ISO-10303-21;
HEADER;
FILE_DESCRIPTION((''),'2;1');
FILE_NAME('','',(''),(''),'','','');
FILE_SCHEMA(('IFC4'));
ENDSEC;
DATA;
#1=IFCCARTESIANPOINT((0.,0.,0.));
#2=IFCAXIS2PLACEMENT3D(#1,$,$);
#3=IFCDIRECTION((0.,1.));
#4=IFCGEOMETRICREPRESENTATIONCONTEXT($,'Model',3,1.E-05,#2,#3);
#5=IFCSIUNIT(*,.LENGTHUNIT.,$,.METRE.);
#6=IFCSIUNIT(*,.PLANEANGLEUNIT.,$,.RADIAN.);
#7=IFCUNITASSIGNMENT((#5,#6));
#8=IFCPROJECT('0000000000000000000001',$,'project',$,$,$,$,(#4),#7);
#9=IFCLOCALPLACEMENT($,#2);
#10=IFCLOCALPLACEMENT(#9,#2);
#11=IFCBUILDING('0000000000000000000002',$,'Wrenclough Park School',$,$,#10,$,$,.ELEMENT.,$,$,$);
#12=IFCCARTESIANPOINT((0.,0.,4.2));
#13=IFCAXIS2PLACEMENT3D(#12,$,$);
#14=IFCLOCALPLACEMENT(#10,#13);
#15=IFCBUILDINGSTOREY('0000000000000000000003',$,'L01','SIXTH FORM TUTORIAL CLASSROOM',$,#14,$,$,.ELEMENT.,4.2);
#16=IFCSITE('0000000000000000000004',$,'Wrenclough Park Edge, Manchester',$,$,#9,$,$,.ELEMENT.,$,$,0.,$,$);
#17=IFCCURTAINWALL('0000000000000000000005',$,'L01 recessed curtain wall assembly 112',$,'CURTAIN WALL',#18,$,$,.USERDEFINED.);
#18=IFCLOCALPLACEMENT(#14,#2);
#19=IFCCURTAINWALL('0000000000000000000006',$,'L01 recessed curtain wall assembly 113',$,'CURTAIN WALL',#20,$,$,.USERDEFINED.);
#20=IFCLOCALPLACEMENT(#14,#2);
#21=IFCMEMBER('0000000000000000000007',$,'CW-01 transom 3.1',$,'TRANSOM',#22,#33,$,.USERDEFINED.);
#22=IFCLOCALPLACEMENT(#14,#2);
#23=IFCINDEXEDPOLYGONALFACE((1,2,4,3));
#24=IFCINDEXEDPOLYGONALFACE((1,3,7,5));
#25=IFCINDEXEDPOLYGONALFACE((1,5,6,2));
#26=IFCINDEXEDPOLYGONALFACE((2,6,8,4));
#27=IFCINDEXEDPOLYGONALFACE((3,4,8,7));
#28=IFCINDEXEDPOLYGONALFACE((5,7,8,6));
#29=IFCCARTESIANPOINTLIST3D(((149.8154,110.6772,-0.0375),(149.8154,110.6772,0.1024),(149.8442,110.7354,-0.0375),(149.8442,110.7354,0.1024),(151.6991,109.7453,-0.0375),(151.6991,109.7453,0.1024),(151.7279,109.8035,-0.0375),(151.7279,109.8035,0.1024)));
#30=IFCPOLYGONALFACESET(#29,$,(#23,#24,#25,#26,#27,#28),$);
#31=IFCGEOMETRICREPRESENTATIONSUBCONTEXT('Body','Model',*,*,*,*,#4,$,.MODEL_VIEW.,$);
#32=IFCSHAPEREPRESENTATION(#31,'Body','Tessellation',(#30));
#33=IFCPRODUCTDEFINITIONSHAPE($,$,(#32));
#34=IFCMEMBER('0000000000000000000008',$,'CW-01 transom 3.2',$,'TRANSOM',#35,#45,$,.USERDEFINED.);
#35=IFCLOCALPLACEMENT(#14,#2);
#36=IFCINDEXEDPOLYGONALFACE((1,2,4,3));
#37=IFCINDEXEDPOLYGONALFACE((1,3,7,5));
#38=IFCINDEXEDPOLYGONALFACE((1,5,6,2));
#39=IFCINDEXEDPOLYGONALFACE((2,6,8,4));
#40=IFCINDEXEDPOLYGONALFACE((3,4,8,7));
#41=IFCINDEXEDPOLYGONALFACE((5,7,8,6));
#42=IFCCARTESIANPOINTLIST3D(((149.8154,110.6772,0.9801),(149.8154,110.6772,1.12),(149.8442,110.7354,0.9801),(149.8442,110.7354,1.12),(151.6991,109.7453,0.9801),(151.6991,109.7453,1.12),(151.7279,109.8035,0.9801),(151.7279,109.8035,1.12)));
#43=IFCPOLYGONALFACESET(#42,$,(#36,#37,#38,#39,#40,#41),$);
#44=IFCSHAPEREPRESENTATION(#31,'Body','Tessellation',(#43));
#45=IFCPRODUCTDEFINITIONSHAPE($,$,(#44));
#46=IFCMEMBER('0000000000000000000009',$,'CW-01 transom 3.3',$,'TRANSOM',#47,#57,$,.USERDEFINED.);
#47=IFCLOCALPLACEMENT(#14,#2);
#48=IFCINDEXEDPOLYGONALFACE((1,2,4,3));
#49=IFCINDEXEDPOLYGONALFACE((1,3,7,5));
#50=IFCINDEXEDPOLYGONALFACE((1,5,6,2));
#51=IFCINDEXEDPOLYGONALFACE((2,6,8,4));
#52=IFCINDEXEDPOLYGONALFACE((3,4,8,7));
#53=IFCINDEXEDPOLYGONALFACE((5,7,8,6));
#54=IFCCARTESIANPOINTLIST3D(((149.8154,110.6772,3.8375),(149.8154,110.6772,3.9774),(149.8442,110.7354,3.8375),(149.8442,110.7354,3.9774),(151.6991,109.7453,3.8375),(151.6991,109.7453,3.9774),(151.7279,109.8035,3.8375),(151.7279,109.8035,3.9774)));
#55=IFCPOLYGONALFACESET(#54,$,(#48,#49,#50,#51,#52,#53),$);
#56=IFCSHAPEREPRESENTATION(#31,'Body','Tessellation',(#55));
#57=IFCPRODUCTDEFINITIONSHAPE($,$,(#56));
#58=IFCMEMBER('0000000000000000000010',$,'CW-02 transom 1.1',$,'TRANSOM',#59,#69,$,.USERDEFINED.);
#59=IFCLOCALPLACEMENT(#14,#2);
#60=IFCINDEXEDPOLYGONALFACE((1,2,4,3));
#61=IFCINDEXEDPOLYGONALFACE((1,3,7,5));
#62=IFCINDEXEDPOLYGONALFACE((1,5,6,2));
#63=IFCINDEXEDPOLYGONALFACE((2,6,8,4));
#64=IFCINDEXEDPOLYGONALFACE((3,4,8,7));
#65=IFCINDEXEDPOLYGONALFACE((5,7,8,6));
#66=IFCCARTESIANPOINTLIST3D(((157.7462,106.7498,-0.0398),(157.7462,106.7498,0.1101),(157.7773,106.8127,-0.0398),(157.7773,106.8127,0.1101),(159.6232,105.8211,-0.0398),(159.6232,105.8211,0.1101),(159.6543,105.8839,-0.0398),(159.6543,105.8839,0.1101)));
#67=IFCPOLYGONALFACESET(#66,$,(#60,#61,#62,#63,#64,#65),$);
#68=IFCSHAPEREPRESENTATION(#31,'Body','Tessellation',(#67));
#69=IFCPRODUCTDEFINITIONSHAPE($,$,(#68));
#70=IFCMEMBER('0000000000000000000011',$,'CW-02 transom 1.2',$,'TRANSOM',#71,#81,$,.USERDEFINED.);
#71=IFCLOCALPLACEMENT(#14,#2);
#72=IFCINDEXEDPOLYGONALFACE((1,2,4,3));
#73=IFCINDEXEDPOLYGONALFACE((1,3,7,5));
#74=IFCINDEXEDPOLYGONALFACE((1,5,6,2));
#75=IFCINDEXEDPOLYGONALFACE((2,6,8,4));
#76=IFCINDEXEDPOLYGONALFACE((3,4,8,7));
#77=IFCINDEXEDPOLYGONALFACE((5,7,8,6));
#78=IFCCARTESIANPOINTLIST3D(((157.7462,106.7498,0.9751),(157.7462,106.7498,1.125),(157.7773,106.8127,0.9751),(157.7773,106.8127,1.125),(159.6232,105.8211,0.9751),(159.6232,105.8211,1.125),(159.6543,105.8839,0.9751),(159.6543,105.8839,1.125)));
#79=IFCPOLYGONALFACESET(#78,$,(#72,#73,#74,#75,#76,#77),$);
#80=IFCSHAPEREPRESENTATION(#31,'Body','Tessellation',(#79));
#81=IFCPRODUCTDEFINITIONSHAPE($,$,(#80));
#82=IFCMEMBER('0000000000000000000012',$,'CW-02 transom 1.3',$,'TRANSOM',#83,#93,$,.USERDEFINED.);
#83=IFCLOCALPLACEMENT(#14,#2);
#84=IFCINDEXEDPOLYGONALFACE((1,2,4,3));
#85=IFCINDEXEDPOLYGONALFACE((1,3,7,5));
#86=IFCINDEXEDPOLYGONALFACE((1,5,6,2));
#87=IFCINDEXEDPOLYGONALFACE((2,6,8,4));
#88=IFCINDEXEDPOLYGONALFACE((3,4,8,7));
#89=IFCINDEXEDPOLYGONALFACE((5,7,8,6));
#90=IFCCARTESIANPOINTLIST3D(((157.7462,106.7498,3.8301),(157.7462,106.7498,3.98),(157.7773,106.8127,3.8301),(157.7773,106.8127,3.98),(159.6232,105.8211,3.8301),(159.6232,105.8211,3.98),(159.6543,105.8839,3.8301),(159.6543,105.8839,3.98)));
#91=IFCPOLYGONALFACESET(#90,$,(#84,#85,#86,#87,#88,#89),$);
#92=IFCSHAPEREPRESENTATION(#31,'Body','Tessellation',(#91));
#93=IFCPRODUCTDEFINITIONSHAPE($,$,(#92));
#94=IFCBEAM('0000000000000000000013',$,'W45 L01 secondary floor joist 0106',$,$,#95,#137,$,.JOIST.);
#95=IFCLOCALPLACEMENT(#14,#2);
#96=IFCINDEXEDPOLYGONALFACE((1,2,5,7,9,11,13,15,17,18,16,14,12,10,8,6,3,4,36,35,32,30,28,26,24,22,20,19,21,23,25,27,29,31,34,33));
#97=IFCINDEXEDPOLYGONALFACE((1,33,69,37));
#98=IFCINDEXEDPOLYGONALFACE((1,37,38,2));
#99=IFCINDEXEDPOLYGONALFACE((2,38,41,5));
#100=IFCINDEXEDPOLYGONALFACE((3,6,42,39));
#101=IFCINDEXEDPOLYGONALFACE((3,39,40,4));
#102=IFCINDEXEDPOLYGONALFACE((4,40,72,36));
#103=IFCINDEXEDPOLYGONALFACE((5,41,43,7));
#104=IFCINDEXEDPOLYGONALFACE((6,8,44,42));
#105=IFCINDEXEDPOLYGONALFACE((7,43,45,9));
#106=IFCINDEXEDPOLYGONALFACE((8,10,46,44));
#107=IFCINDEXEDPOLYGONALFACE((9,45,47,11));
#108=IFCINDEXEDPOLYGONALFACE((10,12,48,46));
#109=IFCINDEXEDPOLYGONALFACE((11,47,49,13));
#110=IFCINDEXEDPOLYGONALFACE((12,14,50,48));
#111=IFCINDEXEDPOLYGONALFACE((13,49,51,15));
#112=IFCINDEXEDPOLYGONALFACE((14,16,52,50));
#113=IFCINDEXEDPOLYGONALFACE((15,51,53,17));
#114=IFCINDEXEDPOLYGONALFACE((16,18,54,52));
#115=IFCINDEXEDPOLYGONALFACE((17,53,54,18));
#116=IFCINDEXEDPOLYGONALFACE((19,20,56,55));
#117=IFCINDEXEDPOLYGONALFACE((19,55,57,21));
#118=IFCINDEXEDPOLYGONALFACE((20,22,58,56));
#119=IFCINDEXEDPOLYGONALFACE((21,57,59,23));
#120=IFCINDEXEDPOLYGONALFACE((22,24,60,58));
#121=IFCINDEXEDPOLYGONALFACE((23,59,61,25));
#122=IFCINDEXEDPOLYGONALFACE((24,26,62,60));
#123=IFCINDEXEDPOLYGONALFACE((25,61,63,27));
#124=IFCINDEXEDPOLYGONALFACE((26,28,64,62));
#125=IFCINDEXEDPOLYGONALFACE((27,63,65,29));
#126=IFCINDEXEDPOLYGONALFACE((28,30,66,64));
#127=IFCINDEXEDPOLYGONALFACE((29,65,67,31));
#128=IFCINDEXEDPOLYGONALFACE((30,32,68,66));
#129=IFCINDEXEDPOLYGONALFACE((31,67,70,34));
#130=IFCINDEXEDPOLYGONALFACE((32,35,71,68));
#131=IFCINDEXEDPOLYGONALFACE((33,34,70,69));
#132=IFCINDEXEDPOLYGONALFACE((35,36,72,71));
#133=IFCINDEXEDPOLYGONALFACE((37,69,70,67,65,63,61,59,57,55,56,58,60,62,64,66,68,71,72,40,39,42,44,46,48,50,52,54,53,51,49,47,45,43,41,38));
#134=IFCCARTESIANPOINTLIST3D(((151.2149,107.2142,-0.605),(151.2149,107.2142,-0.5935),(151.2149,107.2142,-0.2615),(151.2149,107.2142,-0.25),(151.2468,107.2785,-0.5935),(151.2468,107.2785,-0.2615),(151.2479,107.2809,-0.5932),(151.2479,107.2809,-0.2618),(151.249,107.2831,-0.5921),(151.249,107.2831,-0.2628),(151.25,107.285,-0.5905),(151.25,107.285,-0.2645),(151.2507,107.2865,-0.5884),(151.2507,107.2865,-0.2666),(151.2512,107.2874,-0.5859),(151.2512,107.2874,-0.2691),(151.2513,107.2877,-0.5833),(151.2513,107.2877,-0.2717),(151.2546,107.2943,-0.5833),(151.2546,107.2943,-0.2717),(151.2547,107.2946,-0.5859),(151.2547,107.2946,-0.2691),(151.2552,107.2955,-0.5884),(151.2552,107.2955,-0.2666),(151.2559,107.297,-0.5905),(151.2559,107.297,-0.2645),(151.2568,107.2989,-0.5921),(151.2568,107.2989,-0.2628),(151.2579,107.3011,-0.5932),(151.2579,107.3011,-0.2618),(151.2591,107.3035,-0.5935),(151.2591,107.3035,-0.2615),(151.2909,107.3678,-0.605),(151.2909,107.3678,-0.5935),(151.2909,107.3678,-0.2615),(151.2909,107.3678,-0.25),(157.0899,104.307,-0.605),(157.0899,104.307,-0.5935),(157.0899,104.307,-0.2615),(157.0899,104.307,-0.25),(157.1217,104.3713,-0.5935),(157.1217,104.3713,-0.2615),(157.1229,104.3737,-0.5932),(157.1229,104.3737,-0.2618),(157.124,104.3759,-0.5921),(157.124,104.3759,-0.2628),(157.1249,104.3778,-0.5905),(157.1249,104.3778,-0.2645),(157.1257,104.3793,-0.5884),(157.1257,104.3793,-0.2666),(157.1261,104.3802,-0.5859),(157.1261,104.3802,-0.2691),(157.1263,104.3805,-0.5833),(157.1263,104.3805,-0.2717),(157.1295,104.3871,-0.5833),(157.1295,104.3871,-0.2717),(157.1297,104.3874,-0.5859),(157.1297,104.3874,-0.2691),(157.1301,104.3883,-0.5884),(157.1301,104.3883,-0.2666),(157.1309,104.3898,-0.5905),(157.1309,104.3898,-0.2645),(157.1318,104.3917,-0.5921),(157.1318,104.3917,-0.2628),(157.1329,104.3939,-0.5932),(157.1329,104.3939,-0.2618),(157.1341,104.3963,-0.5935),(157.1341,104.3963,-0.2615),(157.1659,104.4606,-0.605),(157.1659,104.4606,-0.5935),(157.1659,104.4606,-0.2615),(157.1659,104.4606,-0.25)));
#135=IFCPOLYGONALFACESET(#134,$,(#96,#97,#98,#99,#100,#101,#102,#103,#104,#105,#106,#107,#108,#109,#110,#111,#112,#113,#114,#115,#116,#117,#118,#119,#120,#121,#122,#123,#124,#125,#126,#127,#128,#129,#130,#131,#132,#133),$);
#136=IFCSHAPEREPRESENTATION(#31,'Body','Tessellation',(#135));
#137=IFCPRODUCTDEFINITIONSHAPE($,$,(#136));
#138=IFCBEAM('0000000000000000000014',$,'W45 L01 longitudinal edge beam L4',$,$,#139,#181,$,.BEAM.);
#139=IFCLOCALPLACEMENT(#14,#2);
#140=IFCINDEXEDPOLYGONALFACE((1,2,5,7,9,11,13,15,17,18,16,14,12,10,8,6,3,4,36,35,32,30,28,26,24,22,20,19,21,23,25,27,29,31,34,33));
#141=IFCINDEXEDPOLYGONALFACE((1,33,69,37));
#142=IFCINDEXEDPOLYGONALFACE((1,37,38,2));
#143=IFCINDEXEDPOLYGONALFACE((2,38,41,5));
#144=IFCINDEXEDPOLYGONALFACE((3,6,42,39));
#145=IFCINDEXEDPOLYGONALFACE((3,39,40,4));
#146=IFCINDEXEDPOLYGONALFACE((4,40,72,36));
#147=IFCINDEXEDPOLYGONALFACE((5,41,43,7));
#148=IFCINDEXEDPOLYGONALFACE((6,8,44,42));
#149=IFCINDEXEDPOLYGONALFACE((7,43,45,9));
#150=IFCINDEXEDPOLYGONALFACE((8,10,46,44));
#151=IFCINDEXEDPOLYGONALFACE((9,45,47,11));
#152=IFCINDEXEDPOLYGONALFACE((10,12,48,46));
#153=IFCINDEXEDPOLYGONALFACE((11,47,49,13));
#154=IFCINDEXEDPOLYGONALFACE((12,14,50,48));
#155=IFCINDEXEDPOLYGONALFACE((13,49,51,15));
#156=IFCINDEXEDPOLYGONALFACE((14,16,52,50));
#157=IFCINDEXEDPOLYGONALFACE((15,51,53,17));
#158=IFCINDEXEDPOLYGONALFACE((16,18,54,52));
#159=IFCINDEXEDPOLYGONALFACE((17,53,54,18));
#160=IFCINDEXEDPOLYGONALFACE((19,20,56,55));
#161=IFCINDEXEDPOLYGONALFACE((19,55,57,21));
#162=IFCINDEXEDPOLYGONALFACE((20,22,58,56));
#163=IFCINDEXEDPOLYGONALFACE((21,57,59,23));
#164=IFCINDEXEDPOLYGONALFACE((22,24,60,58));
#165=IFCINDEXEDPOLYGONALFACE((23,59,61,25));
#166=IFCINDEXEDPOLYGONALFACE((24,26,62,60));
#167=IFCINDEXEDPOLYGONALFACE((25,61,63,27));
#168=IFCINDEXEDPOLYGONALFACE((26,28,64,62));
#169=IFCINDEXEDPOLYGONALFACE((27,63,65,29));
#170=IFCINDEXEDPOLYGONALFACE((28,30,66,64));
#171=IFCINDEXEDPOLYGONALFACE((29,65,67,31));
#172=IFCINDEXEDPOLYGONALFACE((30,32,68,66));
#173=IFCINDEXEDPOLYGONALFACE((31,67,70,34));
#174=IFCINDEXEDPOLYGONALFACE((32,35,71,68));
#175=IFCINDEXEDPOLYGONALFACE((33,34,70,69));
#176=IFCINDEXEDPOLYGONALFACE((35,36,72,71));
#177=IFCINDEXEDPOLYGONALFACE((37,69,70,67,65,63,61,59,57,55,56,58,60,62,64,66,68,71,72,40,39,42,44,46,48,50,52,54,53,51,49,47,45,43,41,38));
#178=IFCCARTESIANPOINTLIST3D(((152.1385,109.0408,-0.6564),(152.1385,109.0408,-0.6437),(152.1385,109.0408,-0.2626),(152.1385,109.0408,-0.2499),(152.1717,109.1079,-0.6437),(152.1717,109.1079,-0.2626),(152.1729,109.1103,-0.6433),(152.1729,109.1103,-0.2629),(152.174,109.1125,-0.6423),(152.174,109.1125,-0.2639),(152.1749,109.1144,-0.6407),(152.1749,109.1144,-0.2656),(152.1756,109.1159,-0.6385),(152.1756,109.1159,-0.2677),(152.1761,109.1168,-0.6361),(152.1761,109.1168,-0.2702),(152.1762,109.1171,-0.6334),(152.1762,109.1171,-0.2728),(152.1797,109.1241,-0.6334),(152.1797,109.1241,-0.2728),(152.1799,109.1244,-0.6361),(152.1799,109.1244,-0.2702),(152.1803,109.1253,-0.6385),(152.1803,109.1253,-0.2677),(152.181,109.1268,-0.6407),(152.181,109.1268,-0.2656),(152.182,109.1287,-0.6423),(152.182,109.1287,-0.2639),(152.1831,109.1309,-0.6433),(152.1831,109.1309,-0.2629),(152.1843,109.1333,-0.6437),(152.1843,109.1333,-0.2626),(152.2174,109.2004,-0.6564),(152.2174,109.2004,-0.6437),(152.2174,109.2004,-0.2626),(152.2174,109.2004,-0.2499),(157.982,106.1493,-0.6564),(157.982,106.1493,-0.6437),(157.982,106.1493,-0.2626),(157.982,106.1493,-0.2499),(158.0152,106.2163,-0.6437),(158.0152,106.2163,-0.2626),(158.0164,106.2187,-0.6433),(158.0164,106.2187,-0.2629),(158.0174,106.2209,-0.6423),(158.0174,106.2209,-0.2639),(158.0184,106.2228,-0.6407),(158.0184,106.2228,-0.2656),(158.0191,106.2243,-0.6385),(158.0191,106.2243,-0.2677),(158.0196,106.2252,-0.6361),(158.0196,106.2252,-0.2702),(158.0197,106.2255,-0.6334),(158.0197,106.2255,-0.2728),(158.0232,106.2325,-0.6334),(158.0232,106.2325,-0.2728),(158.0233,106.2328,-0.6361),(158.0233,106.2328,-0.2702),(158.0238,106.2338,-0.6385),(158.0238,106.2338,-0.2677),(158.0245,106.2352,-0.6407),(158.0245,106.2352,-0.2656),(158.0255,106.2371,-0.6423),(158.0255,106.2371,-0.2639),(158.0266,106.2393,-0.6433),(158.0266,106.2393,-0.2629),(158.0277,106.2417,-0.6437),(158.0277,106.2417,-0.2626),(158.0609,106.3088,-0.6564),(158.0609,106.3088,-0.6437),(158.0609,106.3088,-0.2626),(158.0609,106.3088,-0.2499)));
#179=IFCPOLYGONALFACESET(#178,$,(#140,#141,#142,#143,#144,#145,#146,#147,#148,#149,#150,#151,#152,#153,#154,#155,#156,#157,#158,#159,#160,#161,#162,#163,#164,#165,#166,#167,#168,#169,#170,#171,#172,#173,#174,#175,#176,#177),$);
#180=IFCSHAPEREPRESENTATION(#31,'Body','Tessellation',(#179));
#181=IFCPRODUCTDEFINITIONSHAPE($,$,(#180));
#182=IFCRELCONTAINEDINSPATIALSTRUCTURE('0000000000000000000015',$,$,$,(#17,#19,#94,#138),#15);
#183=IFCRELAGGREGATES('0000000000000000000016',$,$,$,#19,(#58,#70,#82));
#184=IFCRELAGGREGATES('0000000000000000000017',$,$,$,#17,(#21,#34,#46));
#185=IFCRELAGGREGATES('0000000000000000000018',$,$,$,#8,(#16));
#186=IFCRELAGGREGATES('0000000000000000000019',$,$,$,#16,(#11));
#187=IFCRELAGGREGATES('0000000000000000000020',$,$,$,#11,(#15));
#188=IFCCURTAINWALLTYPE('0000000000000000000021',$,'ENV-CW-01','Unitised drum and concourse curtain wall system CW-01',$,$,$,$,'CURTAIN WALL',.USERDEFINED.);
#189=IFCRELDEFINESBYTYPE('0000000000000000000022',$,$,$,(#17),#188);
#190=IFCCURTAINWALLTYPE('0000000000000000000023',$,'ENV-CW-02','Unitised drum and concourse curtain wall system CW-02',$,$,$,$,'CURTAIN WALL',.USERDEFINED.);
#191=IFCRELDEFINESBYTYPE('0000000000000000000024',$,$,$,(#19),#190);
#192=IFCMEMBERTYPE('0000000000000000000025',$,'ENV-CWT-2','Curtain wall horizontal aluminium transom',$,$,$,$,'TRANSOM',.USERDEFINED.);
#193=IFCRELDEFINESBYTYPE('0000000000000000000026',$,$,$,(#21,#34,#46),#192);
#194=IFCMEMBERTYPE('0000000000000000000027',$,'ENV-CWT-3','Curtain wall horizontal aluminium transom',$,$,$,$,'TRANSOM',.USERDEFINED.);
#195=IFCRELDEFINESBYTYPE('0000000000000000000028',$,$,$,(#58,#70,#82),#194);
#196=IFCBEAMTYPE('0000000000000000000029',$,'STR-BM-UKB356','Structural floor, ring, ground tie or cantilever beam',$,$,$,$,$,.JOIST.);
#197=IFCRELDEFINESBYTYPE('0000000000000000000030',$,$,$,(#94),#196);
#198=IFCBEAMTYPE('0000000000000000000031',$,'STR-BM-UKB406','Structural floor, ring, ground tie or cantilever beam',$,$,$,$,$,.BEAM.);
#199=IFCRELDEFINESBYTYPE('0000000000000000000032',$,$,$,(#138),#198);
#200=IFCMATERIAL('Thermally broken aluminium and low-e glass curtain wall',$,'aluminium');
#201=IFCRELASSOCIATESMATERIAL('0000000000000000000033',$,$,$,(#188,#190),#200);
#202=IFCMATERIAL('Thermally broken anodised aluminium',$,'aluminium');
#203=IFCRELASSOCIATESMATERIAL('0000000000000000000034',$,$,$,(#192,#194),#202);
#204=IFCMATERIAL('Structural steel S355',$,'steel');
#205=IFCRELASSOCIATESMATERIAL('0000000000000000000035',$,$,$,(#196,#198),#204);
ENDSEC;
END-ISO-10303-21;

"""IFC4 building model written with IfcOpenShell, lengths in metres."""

from ifc_helpers import new_model, si_unit, direction, frame, origin, origin_2d, place, context, subcontext, project, spatial, rectangle, i_section, extrude, material, material_profile, profile_set, type_object, element, aggregate, save


model = new_model("IFC4")

# Units and contexts
model_context = context("Model", 3, precision=1e-05, world=origin(), true_north=direction((0.0, 1.0)))
body_context = subcontext(model_context, "Body", "Model", "MODEL_VIEW")
ifc_project = project(units=[si_unit("LENGTHUNIT", "METRE"), si_unit("PLANEANGLEUNIT", "RADIAN")], contexts=[model_context])

# Site, building, storey
site_placement = place(None, origin())
site = spatial("IfcSite", under=ifc_project, at=site_placement, Name="Wrenclough Park Edge, Manchester", CompositionType="ELEMENT", RefElevation=0.0)
building_placement = place(site_placement, origin())
building = spatial("IfcBuilding", under=site, at=building_placement, Name="Wrenclough Park School", CompositionType="ELEMENT")
storey_placement = place(building_placement, frame((0.0, 0.0, 4.2)))
storey = spatial("IfcBuildingStorey", under=building, at=storey_placement, Name="L01", Description="SIXTH FORM TUTORIAL CLASSROOM", CompositionType="ELEMENT", Elevation=4.2)

# Shared definitions
ifc_material_1 = material(Name="Structural steel S355", Category="steel")

# Curtain wall
ifc_material_2 = material(Name="Thermally broken aluminium and low-e glass curtain wall", Category="aluminium")
curtain_wall_type_1 = type_object("IfcCurtainWallType", Name="ENV-CW-01", Description="Unitised drum and concourse curtain wall system CW-01", ElementType="CURTAIN WALL", PredefinedType="USERDEFINED", material=ifc_material_2)
curtain_wall_1_placement = place(storey_placement, origin())
curtain_wall_1 = element("IfcCurtainWall", 1, at=curtain_wall_1_placement, inside=storey, type_object=curtain_wall_type_1, Name="L01 recessed curtain wall assembly 112", ObjectType="CURTAIN WALL", PredefinedType="USERDEFINED")
ifc_material_3 = material(Name="Thermally broken anodised aluminium", Category="aluminium")

# Curtain wall
curtain_wall_type_2 = type_object("IfcCurtainWallType", Name="ENV-CW-02", Description="Unitised drum and concourse curtain wall system CW-02", ElementType="CURTAIN WALL", PredefinedType="USERDEFINED", material=ifc_material_2)
curtain_wall_2_placement = place(storey_placement, origin())
curtain_wall_2 = element("IfcCurtainWall", 2, at=curtain_wall_2_placement, inside=storey, type_object=curtain_wall_type_2, Name="L01 recessed curtain wall assembly 113", ObjectType="CURTAIN WALL", PredefinedType="USERDEFINED")

# Members
ifc_material_profile_1 = material_profile(ifc_material_3, rectangle(XDim=0.0649, YDim=0.1399, at=origin_2d()), Name="AL TRANSOM 65x140")
ifc_profile_set_1 = profile_set([ifc_material_profile_1], Name="Thermally broken anodised aluminium")
member_type_1 = type_object("IfcMemberType", Name="ENV-CWT-2", Description="Curtain wall horizontal aluminium transom", ElementType="TRANSOM", PredefinedType="USERDEFINED", material=ifc_profile_set_1)
member_1_placement = place(storey_placement, frame((149.8298, 110.7063, 0.0325), z_axis=(0.896301, -0.443446, 0.0), x_axis=(0.443446, 0.896301, 0.0)))
member_1 = element("IfcMember", 3, at=member_1_placement, type_object=member_type_1, Name="CW-01 transom 3.1", ObjectType="TRANSOM", PredefinedType="USERDEFINED", context=body_context, shape_type="SweptSolid", body=[
    extrude(rectangle(XDim=0.0649, YDim=0.1399, at=origin_2d()), origin(), (0.0, 0.0, 1.0), 2.1016),
])
member_2_placement = place(storey_placement, frame((149.8298, 110.7063, 1.05), z_axis=(0.896301, -0.443446, 0.0), x_axis=(0.443446, 0.896301, 0.0)))
member_2 = element("IfcMember", 4, at=member_2_placement, type_object=member_type_1, Name="CW-01 transom 3.2", ObjectType="TRANSOM", PredefinedType="USERDEFINED", context=body_context, shape_type="SweptSolid", body=[
    extrude(rectangle(XDim=0.0649, YDim=0.1399, at=origin_2d()), origin(), (0.0, 0.0, 1.0), 2.1016),
])
member_3_placement = place(storey_placement, frame((149.8298, 110.7063, 3.9075), z_axis=(0.896301, -0.443446, 0.0), x_axis=(0.443446, 0.896301, 0.0)))
member_3 = element("IfcMember", 5, at=member_3_placement, type_object=member_type_1, Name="CW-01 transom 3.3", ObjectType="TRANSOM", PredefinedType="USERDEFINED", context=body_context, shape_type="SweptSolid", body=[
    extrude(rectangle(XDim=0.0649, YDim=0.1399, at=origin_2d()), origin(), (0.0, 0.0, 1.0), 2.1016),
])
ifc_material_profile_2 = material_profile(ifc_material_3, rectangle(XDim=0.0701, YDim=0.1499, at=origin_2d()), Name="AL TRANSOM 70x150")
ifc_profile_set_2 = profile_set([ifc_material_profile_2], Name="Thermally broken anodised aluminium")
member_type_2 = type_object("IfcMemberType", Name="ENV-CWT-3", Description="Curtain wall horizontal aluminium transom", ElementType="TRANSOM", PredefinedType="USERDEFINED", material=ifc_profile_set_2)
member_4_placement = place(storey_placement, frame((157.7617, 106.7812, 0.0352), z_axis=(0.896285, -0.443479, 0.0), x_axis=(0.443479, 0.896285, 0.0)))
member_4 = element("IfcMember", 6, at=member_4_placement, type_object=member_type_2, Name="CW-02 transom 1.1", ObjectType="TRANSOM", PredefinedType="USERDEFINED", context=body_context, shape_type="SweptSolid", body=[
    extrude(rectangle(XDim=0.0701, YDim=0.1499, at=origin_2d()), origin(), (0.0, 0.0, 1.0), 2.0942),
])
member_5_placement = place(storey_placement, frame((157.7617, 106.7812, 1.05), z_axis=(0.896285, -0.443479, 0.0), x_axis=(0.443479, 0.896285, 0.0)))
member_5 = element("IfcMember", 7, at=member_5_placement, type_object=member_type_2, Name="CW-02 transom 1.2", ObjectType="TRANSOM", PredefinedType="USERDEFINED", context=body_context, shape_type="SweptSolid", body=[
    extrude(rectangle(XDim=0.0701, YDim=0.1499, at=origin_2d()), origin(), (0.0, 0.0, 1.0), 2.0942),
])
member_6_placement = place(storey_placement, frame((157.7617, 106.7812, 3.905), z_axis=(0.896285, -0.443479, 0.0), x_axis=(0.443479, 0.896285, 0.0)))
member_6 = element("IfcMember", 8, at=member_6_placement, type_object=member_type_2, Name="CW-02 transom 1.3", ObjectType="TRANSOM", PredefinedType="USERDEFINED", context=body_context, shape_type="SweptSolid", body=[
    extrude(rectangle(XDim=0.0701, YDim=0.1499, at=origin_2d()), origin(), (0.0, 0.0, 1.0), 2.0942),
])
aggregate(curtain_wall_2, [member_4, member_5, member_6])

# Beams
ifc_material_profile_3 = material_profile(ifc_material_1, i_section(OverallWidth=0.1714, OverallDepth=0.355, WebThickness=0.0073, FlangeThickness=0.0115, FilletRadius=0.0103, at=origin_2d()), Name="UKB 356x171x51")
ifc_profile_set_3 = profile_set([ifc_material_profile_3], Name="Structural steel S355")
beam_type_1 = type_object("IfcBeamType", Name="STR-BM-UKB356", Description="Structural floor, ring, ground tie or cantilever beam", PredefinedType="JOIST", material=ifc_profile_set_3)
beam_1_placement = place(storey_placement, frame((151.2529, 107.291, -0.4275), z_axis=(0.896267, -0.443515, 0.0), x_axis=(0.443515, 0.896267, 0.0)))
element("IfcBeam", 9, at=beam_1_placement, inside=storey, type_object=beam_type_1, Name="W45 L01 secondary floor joist 0106", PredefinedType="JOIST", context=body_context, shape_type="SweptSolid", body=[
    extrude(i_section(OverallWidth=0.1714, OverallDepth=0.355, WebThickness=0.0073, FlangeThickness=0.0115, FilletRadius=0.0103, at=origin_2d()), origin(), (0.0, 0.0, 1.0), 6.5549),
])
ifc_material_profile_4 = material_profile(ifc_material_1, i_section(OverallWidth=0.178, OverallDepth=0.4065, WebThickness=0.0078, FlangeThickness=0.0127, FilletRadius=0.0103, at=origin_2d()), Name="UKB 406x178x60")
ifc_profile_set_4 = profile_set([ifc_material_profile_4], Name="Structural steel S355")
beam_type_2 = type_object("IfcBeamType", Name="STR-BM-UKB406", Description="Structural floor, ring, ground tie or cantilever beam", PredefinedType="BEAM", material=ifc_profile_set_4)
beam_2_placement = place(storey_placement, frame((152.178, 109.1206, -0.4531), z_axis=(0.896269, -0.44351, 0.0), x_axis=(0.44351, 0.896269, 0.0)))
element("IfcBeam", 10, at=beam_2_placement, inside=storey, type_object=beam_type_2, Name="W45 L01 longitudinal edge beam L4", PredefinedType="BEAM", context=body_context, shape_type="SweptSolid", body=[
    extrude(i_section(OverallWidth=0.178, OverallDepth=0.4065, WebThickness=0.0078, FlangeThickness=0.0127, FilletRadius=0.0103, at=origin_2d()), origin(), (0.0, 0.0, 1.0), 6.5198),
])

aggregate(curtain_wall_1, [member_1, member_2, member_3])

save(model, "model.ifc")
